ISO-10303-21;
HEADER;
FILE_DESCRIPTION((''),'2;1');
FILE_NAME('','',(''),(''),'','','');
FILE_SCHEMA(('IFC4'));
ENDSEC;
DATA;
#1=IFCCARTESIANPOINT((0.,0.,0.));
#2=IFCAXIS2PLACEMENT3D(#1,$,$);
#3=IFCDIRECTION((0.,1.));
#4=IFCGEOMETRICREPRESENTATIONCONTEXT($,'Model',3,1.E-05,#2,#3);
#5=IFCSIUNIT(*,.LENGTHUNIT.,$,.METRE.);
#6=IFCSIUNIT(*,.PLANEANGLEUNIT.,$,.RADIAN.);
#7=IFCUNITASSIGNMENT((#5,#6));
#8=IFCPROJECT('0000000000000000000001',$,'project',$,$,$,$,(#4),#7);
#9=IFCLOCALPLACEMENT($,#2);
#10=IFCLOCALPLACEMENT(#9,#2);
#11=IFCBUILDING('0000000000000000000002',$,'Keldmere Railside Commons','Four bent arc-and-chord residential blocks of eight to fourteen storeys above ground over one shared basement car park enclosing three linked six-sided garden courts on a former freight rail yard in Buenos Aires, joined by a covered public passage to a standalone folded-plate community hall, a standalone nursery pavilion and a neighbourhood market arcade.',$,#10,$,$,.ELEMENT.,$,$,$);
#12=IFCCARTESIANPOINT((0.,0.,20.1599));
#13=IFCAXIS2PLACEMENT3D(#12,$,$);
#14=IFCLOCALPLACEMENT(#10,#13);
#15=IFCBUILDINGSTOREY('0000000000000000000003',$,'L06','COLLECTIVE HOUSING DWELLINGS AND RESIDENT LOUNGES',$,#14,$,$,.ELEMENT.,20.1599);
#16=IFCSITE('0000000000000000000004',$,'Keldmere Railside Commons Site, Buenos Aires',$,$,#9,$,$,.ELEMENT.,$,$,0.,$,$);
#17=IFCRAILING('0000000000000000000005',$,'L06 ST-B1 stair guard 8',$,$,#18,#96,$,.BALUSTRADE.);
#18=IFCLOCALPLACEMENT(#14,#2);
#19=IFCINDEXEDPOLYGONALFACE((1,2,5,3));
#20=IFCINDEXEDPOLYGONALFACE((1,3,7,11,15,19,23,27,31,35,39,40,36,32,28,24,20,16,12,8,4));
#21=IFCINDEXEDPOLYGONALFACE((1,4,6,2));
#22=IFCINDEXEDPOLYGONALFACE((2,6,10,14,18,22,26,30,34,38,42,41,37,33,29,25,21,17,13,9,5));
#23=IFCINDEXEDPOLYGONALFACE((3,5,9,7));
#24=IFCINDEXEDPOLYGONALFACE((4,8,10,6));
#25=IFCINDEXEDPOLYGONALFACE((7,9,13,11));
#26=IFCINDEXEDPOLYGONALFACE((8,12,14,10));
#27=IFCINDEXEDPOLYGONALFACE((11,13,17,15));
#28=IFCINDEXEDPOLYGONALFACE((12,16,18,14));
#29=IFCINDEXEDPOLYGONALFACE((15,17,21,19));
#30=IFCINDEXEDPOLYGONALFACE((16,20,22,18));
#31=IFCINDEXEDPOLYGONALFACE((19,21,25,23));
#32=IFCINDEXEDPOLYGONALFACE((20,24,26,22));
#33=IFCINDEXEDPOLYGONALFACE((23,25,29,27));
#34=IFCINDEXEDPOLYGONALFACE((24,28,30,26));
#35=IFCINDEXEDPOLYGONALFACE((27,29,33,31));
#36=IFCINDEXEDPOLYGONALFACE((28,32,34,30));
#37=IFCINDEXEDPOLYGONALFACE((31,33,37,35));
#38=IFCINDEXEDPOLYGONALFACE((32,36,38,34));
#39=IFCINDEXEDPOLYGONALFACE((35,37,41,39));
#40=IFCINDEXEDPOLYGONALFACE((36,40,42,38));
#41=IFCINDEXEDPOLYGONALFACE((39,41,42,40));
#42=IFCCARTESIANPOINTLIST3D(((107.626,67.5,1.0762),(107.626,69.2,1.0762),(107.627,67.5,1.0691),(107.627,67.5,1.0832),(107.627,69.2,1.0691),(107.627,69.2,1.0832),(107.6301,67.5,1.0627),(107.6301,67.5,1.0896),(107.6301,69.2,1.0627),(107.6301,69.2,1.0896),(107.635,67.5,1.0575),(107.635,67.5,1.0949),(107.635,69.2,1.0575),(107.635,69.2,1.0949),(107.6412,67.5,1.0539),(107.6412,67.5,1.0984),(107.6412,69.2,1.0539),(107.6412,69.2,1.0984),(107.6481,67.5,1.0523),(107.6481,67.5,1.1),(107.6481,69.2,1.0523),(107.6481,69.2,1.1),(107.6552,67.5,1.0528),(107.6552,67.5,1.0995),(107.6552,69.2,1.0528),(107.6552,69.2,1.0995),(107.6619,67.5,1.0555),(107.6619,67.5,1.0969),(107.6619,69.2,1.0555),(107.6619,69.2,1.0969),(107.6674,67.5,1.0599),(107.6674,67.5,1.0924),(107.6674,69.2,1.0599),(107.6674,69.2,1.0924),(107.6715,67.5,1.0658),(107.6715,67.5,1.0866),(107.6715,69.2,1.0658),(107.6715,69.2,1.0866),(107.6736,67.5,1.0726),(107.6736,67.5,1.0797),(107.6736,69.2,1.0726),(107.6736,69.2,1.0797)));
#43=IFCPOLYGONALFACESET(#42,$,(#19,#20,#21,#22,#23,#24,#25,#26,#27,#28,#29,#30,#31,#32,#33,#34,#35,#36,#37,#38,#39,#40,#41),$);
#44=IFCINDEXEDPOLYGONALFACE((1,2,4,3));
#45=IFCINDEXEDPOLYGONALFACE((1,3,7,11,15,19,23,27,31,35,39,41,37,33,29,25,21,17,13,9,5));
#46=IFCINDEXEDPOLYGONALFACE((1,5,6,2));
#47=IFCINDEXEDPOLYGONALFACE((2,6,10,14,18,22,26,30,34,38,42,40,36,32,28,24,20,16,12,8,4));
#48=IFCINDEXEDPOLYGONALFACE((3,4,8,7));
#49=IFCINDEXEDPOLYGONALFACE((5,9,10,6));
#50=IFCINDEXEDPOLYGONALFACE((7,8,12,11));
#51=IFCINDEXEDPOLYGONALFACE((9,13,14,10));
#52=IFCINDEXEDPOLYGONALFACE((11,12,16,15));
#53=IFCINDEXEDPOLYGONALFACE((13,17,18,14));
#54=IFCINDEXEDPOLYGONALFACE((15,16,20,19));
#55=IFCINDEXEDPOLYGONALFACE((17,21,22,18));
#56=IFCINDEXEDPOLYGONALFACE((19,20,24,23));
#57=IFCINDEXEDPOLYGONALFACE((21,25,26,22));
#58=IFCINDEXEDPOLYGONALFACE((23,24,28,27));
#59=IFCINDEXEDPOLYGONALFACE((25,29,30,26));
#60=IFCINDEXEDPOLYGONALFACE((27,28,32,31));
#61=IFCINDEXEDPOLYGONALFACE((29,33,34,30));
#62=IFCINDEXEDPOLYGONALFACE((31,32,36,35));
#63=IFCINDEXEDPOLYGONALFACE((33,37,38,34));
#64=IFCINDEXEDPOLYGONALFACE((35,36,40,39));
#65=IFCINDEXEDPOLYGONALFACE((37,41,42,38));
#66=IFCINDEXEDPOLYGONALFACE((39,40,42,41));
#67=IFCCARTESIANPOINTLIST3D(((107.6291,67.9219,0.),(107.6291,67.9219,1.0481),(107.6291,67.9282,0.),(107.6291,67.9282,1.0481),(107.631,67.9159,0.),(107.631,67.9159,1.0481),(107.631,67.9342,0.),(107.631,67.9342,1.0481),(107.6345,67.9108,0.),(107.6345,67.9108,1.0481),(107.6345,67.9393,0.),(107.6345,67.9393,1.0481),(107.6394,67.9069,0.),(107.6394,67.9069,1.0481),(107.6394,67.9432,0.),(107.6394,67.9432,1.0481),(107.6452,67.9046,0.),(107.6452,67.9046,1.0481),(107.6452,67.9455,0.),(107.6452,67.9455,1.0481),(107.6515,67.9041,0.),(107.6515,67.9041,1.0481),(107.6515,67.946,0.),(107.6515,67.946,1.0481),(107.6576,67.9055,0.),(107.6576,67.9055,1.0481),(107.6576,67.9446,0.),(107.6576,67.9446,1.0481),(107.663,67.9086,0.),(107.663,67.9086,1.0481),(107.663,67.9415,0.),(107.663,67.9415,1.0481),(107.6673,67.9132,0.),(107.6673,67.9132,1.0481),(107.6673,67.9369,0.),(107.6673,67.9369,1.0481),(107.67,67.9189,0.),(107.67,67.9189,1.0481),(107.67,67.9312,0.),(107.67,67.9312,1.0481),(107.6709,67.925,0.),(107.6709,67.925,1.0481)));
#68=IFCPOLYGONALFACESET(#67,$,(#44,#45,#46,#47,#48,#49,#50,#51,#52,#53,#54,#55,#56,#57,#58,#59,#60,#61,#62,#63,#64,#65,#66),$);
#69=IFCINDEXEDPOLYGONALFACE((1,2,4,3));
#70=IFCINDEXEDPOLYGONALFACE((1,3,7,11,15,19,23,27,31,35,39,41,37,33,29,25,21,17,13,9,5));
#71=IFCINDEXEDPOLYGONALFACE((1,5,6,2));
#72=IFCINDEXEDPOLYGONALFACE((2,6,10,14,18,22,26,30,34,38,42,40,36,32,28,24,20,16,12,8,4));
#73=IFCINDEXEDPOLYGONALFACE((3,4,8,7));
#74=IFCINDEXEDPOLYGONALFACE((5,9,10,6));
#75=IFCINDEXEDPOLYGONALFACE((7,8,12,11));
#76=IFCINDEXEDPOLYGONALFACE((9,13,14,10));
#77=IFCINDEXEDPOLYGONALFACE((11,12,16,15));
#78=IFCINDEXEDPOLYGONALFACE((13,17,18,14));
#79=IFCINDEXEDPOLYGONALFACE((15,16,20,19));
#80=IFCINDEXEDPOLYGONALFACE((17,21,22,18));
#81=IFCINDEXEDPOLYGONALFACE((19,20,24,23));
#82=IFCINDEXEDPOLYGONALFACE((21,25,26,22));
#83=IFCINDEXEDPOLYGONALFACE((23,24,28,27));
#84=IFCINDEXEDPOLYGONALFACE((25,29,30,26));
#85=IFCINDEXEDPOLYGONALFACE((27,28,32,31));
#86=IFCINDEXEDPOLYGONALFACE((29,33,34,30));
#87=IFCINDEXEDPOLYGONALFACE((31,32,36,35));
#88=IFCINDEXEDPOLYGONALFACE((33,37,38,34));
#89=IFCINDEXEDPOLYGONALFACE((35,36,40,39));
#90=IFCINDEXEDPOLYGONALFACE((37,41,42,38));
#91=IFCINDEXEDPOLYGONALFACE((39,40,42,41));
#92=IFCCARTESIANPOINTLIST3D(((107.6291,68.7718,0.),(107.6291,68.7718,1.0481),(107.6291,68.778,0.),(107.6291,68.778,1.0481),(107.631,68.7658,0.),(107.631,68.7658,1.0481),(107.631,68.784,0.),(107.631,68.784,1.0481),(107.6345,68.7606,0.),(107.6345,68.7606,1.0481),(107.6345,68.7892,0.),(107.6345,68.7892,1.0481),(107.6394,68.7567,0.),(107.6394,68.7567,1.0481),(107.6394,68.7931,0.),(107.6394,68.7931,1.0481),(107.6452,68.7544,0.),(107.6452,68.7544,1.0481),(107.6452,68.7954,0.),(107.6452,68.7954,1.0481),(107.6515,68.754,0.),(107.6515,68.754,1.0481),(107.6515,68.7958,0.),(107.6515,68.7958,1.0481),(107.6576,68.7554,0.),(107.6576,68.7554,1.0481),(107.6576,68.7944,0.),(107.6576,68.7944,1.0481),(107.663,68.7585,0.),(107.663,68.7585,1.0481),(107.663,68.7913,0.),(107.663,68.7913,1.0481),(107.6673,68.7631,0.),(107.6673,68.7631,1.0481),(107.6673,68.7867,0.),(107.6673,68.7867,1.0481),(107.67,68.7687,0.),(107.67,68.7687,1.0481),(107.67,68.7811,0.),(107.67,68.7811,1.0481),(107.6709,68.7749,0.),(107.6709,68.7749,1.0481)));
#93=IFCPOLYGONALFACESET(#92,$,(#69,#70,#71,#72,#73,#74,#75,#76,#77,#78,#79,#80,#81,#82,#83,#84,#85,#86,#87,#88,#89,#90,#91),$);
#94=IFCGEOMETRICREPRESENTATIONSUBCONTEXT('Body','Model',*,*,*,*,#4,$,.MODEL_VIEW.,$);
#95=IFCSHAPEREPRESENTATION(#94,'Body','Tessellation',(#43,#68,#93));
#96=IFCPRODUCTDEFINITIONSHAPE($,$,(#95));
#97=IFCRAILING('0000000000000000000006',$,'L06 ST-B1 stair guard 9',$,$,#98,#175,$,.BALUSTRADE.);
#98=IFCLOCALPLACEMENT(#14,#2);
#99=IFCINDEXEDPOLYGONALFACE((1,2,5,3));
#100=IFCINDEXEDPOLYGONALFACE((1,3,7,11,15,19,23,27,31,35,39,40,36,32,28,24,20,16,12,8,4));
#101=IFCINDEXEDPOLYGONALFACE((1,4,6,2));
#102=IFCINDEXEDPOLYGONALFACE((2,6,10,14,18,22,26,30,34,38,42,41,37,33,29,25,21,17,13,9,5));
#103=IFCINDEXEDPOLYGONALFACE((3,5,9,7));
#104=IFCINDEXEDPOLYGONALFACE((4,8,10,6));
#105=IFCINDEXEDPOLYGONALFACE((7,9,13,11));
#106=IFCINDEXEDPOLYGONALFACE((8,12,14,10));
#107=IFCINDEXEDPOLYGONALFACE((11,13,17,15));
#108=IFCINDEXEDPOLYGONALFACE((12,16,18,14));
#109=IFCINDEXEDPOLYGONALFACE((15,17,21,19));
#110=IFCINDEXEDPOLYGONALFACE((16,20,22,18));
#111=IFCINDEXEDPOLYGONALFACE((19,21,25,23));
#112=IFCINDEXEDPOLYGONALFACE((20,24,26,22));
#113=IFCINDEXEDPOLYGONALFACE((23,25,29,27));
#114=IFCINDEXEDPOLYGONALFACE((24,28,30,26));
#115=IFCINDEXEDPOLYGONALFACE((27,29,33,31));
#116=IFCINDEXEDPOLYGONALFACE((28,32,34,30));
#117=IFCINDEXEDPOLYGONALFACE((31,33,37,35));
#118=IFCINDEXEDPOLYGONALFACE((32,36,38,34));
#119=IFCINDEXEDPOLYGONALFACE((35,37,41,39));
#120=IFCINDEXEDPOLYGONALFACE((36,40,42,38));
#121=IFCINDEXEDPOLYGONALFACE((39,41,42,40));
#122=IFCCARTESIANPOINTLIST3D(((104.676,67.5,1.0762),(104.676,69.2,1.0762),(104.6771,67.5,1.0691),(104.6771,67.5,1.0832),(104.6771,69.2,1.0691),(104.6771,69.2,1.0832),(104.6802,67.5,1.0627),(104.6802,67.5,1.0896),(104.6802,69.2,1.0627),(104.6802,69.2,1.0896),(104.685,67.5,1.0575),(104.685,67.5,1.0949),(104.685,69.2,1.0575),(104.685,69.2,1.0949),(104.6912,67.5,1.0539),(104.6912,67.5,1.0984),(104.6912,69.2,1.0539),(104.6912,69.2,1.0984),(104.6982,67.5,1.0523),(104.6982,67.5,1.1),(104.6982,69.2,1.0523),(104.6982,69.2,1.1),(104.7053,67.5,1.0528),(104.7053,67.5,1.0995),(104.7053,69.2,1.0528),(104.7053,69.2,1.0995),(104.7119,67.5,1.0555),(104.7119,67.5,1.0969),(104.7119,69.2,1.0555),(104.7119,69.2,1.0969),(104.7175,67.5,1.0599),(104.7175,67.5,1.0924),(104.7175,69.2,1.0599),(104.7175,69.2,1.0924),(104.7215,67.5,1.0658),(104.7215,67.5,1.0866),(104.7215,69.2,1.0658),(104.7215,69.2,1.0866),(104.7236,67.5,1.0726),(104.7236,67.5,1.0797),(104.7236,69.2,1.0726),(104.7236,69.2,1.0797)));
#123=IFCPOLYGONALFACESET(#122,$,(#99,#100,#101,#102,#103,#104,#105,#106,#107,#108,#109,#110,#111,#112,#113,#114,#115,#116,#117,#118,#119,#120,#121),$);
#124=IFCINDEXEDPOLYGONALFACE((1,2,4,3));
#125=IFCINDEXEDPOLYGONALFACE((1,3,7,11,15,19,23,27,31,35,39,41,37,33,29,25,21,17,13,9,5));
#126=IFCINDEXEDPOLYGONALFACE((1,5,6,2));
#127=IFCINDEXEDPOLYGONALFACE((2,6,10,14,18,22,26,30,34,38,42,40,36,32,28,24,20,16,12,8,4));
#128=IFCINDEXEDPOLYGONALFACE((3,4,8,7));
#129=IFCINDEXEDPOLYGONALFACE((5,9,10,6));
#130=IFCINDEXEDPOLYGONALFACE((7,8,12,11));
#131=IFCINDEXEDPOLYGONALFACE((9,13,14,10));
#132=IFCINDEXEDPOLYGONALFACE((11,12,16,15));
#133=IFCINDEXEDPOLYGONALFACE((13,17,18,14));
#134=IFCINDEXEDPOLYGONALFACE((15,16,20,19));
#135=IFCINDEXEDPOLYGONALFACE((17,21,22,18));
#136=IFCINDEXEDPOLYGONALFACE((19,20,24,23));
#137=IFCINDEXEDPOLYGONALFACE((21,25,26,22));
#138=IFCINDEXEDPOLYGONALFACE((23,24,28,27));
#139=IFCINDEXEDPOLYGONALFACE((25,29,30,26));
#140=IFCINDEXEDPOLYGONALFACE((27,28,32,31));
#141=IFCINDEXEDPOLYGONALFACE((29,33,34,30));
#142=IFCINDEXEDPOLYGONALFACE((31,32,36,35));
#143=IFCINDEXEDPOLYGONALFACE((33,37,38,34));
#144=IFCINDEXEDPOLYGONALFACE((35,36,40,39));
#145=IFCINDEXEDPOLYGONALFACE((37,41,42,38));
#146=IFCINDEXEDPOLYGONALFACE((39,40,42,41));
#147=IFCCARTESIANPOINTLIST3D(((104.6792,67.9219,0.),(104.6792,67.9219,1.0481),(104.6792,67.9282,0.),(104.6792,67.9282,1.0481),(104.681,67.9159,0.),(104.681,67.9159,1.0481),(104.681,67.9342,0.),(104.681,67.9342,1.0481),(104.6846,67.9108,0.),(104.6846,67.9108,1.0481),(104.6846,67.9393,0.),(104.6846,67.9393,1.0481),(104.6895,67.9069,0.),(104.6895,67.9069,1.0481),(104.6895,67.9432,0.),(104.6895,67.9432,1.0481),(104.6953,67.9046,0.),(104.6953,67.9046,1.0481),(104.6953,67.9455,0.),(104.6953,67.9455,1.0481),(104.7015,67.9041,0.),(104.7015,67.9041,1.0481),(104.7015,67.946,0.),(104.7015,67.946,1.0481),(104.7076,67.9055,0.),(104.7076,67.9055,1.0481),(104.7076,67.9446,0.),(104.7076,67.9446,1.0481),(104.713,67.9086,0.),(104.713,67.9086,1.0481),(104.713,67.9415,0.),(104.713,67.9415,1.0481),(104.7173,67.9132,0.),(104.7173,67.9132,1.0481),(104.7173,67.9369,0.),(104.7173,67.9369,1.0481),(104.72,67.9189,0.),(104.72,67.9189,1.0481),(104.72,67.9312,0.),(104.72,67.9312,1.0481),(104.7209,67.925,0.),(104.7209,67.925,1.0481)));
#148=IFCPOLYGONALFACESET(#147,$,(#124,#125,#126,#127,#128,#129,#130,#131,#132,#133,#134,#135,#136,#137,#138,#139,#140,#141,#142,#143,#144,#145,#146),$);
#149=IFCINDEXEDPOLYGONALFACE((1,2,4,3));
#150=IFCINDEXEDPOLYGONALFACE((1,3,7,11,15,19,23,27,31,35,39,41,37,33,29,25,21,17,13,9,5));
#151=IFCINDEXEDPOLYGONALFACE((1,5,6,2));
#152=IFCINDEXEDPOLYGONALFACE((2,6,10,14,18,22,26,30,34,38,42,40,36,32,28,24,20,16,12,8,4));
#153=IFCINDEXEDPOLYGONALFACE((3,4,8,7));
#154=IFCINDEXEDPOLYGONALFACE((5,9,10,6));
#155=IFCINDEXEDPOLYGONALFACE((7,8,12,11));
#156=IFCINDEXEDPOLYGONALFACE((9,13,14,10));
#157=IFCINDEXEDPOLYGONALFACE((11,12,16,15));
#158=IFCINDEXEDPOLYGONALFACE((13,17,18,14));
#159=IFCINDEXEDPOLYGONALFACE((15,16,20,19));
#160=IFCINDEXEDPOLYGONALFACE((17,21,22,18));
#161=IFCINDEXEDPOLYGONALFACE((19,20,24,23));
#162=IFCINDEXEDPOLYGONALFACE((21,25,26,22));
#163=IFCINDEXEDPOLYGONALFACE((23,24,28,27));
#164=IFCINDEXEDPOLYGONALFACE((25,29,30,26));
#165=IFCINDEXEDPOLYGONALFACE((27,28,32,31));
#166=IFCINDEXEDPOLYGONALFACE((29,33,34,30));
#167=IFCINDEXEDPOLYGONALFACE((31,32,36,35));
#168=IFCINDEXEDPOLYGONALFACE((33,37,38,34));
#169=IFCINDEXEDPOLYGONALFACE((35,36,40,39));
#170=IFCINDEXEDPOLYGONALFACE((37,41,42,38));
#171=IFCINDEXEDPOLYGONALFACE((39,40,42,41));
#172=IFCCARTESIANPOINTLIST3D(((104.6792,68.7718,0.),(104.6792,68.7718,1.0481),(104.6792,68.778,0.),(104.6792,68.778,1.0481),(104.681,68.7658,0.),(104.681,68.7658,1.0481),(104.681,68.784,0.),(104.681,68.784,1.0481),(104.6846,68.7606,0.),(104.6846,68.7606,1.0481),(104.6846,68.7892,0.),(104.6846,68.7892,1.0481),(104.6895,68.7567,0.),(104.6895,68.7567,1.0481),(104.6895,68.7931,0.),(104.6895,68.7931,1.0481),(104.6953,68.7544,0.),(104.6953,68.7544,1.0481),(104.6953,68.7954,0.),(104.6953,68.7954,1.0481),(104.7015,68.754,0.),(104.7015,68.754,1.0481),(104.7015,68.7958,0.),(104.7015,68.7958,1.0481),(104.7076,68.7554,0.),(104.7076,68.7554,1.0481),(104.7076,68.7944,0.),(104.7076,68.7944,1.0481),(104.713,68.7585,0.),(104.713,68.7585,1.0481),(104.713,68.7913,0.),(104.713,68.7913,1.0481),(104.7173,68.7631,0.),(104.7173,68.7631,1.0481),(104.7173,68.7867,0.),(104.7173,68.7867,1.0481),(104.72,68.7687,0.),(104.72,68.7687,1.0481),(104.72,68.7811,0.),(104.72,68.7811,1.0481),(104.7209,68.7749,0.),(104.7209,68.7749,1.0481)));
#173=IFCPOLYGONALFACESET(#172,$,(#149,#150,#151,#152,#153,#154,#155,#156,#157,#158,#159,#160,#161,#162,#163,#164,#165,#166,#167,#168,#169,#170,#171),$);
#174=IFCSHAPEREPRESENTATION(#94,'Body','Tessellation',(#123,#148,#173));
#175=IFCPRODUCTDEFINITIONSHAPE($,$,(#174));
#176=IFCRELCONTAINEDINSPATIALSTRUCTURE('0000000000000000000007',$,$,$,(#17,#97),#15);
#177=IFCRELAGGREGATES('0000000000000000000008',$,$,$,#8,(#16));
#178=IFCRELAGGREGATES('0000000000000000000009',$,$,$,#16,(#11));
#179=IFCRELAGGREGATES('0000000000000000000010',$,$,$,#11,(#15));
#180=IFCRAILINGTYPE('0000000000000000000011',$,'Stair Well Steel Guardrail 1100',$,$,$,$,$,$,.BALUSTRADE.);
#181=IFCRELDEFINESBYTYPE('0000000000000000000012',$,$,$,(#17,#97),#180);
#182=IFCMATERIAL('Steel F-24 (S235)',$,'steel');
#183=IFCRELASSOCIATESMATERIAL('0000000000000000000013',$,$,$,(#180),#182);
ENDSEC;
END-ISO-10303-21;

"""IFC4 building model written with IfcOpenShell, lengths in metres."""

from ifc_helpers import new_model, si_unit, direction, frame, origin, origin_2d, place, context, subcontext, project, spatial, circle, extrude, material, type_object, element, save


model = new_model("IFC4")

# Units and contexts
model_context = context("Model", 3, precision=1e-05, world=origin(), true_north=direction((0.0, 1.0)))
body_context = subcontext(model_context, "Body", "Model", "MODEL_VIEW")
ifc_project = project(units=[si_unit("LENGTHUNIT", "METRE"), si_unit("PLANEANGLEUNIT", "RADIAN")], contexts=[model_context])

# Site, building, storey
site_placement = place(None, origin())
site = spatial("IfcSite", under=ifc_project, at=site_placement, Name="Keldmere Railside Commons Site, Buenos Aires", CompositionType="ELEMENT", RefElevation=0.0)
building_placement = place(site_placement, origin())
building = spatial("IfcBuilding", under=site, at=building_placement, Name="Keldmere Railside Commons", Description="Four bent arc-and-chord residential blocks of eight to fourteen storeys above ground over one shared basement car park enclosing three linked six-sided garden courts on a former freight rail yard in Buenos Aires, joined by a covered public passage to a standalone folded-plate community hall, a standalone nursery pavilion and a neighbourhood market arcade.", CompositionType="ELEMENT")
storey_placement = place(building_placement, frame((0.0, 0.0, 20.1599)))
storey = spatial("IfcBuildingStorey", under=building, at=storey_placement, Name="L06", Description="COLLECTIVE HOUSING DWELLINGS AND RESIDENT LOUNGES", CompositionType="ELEMENT", Elevation=20.1599)

# Shared definitions
ifc_material_1 = material(Name="Steel F-24 (S235)", Category="steel")

# Railings
railing_type_1 = type_object("IfcRailingType", Name="Stair Well Steel Guardrail 1100", PredefinedType="BALUSTRADE", material=ifc_material_1)
for number, where, name in (
    (1, (107.6499, 67.5, 0.0), "L06 ST-B1 stair guard 8"),
    (2, (104.7, 67.5, 0.0), "L06 ST-B1 stair guard 9"),
):
    element("IfcRailing", number, at=place(storey_placement, frame(where)), inside=storey, type_object=railing_type_1, Name=name, PredefinedType="BALUSTRADE", context=body_context, shape_type="SweptSolid", body=[
        extrude(circle(Radius=0.0239, at=origin_2d()), frame((0.0, 0.0, 1.0762), z_axis=(0.0, 1.0, 0.0), x_axis=(-1.0, 0.0, 0.0)), (0.0, 0.0, 1.0), 1.7),
        extrude(circle(Radius=0.021, at=origin_2d()), frame((0.0, 0.425, 0.0)), (0.0, 0.0, 1.0), 1.0481),
        extrude(circle(Radius=0.021, at=origin_2d()), frame((0.0, 1.2749, 0.0)), (0.0, 0.0, 1.0), 1.0481),
    ])

save(model, "model.ifc")
